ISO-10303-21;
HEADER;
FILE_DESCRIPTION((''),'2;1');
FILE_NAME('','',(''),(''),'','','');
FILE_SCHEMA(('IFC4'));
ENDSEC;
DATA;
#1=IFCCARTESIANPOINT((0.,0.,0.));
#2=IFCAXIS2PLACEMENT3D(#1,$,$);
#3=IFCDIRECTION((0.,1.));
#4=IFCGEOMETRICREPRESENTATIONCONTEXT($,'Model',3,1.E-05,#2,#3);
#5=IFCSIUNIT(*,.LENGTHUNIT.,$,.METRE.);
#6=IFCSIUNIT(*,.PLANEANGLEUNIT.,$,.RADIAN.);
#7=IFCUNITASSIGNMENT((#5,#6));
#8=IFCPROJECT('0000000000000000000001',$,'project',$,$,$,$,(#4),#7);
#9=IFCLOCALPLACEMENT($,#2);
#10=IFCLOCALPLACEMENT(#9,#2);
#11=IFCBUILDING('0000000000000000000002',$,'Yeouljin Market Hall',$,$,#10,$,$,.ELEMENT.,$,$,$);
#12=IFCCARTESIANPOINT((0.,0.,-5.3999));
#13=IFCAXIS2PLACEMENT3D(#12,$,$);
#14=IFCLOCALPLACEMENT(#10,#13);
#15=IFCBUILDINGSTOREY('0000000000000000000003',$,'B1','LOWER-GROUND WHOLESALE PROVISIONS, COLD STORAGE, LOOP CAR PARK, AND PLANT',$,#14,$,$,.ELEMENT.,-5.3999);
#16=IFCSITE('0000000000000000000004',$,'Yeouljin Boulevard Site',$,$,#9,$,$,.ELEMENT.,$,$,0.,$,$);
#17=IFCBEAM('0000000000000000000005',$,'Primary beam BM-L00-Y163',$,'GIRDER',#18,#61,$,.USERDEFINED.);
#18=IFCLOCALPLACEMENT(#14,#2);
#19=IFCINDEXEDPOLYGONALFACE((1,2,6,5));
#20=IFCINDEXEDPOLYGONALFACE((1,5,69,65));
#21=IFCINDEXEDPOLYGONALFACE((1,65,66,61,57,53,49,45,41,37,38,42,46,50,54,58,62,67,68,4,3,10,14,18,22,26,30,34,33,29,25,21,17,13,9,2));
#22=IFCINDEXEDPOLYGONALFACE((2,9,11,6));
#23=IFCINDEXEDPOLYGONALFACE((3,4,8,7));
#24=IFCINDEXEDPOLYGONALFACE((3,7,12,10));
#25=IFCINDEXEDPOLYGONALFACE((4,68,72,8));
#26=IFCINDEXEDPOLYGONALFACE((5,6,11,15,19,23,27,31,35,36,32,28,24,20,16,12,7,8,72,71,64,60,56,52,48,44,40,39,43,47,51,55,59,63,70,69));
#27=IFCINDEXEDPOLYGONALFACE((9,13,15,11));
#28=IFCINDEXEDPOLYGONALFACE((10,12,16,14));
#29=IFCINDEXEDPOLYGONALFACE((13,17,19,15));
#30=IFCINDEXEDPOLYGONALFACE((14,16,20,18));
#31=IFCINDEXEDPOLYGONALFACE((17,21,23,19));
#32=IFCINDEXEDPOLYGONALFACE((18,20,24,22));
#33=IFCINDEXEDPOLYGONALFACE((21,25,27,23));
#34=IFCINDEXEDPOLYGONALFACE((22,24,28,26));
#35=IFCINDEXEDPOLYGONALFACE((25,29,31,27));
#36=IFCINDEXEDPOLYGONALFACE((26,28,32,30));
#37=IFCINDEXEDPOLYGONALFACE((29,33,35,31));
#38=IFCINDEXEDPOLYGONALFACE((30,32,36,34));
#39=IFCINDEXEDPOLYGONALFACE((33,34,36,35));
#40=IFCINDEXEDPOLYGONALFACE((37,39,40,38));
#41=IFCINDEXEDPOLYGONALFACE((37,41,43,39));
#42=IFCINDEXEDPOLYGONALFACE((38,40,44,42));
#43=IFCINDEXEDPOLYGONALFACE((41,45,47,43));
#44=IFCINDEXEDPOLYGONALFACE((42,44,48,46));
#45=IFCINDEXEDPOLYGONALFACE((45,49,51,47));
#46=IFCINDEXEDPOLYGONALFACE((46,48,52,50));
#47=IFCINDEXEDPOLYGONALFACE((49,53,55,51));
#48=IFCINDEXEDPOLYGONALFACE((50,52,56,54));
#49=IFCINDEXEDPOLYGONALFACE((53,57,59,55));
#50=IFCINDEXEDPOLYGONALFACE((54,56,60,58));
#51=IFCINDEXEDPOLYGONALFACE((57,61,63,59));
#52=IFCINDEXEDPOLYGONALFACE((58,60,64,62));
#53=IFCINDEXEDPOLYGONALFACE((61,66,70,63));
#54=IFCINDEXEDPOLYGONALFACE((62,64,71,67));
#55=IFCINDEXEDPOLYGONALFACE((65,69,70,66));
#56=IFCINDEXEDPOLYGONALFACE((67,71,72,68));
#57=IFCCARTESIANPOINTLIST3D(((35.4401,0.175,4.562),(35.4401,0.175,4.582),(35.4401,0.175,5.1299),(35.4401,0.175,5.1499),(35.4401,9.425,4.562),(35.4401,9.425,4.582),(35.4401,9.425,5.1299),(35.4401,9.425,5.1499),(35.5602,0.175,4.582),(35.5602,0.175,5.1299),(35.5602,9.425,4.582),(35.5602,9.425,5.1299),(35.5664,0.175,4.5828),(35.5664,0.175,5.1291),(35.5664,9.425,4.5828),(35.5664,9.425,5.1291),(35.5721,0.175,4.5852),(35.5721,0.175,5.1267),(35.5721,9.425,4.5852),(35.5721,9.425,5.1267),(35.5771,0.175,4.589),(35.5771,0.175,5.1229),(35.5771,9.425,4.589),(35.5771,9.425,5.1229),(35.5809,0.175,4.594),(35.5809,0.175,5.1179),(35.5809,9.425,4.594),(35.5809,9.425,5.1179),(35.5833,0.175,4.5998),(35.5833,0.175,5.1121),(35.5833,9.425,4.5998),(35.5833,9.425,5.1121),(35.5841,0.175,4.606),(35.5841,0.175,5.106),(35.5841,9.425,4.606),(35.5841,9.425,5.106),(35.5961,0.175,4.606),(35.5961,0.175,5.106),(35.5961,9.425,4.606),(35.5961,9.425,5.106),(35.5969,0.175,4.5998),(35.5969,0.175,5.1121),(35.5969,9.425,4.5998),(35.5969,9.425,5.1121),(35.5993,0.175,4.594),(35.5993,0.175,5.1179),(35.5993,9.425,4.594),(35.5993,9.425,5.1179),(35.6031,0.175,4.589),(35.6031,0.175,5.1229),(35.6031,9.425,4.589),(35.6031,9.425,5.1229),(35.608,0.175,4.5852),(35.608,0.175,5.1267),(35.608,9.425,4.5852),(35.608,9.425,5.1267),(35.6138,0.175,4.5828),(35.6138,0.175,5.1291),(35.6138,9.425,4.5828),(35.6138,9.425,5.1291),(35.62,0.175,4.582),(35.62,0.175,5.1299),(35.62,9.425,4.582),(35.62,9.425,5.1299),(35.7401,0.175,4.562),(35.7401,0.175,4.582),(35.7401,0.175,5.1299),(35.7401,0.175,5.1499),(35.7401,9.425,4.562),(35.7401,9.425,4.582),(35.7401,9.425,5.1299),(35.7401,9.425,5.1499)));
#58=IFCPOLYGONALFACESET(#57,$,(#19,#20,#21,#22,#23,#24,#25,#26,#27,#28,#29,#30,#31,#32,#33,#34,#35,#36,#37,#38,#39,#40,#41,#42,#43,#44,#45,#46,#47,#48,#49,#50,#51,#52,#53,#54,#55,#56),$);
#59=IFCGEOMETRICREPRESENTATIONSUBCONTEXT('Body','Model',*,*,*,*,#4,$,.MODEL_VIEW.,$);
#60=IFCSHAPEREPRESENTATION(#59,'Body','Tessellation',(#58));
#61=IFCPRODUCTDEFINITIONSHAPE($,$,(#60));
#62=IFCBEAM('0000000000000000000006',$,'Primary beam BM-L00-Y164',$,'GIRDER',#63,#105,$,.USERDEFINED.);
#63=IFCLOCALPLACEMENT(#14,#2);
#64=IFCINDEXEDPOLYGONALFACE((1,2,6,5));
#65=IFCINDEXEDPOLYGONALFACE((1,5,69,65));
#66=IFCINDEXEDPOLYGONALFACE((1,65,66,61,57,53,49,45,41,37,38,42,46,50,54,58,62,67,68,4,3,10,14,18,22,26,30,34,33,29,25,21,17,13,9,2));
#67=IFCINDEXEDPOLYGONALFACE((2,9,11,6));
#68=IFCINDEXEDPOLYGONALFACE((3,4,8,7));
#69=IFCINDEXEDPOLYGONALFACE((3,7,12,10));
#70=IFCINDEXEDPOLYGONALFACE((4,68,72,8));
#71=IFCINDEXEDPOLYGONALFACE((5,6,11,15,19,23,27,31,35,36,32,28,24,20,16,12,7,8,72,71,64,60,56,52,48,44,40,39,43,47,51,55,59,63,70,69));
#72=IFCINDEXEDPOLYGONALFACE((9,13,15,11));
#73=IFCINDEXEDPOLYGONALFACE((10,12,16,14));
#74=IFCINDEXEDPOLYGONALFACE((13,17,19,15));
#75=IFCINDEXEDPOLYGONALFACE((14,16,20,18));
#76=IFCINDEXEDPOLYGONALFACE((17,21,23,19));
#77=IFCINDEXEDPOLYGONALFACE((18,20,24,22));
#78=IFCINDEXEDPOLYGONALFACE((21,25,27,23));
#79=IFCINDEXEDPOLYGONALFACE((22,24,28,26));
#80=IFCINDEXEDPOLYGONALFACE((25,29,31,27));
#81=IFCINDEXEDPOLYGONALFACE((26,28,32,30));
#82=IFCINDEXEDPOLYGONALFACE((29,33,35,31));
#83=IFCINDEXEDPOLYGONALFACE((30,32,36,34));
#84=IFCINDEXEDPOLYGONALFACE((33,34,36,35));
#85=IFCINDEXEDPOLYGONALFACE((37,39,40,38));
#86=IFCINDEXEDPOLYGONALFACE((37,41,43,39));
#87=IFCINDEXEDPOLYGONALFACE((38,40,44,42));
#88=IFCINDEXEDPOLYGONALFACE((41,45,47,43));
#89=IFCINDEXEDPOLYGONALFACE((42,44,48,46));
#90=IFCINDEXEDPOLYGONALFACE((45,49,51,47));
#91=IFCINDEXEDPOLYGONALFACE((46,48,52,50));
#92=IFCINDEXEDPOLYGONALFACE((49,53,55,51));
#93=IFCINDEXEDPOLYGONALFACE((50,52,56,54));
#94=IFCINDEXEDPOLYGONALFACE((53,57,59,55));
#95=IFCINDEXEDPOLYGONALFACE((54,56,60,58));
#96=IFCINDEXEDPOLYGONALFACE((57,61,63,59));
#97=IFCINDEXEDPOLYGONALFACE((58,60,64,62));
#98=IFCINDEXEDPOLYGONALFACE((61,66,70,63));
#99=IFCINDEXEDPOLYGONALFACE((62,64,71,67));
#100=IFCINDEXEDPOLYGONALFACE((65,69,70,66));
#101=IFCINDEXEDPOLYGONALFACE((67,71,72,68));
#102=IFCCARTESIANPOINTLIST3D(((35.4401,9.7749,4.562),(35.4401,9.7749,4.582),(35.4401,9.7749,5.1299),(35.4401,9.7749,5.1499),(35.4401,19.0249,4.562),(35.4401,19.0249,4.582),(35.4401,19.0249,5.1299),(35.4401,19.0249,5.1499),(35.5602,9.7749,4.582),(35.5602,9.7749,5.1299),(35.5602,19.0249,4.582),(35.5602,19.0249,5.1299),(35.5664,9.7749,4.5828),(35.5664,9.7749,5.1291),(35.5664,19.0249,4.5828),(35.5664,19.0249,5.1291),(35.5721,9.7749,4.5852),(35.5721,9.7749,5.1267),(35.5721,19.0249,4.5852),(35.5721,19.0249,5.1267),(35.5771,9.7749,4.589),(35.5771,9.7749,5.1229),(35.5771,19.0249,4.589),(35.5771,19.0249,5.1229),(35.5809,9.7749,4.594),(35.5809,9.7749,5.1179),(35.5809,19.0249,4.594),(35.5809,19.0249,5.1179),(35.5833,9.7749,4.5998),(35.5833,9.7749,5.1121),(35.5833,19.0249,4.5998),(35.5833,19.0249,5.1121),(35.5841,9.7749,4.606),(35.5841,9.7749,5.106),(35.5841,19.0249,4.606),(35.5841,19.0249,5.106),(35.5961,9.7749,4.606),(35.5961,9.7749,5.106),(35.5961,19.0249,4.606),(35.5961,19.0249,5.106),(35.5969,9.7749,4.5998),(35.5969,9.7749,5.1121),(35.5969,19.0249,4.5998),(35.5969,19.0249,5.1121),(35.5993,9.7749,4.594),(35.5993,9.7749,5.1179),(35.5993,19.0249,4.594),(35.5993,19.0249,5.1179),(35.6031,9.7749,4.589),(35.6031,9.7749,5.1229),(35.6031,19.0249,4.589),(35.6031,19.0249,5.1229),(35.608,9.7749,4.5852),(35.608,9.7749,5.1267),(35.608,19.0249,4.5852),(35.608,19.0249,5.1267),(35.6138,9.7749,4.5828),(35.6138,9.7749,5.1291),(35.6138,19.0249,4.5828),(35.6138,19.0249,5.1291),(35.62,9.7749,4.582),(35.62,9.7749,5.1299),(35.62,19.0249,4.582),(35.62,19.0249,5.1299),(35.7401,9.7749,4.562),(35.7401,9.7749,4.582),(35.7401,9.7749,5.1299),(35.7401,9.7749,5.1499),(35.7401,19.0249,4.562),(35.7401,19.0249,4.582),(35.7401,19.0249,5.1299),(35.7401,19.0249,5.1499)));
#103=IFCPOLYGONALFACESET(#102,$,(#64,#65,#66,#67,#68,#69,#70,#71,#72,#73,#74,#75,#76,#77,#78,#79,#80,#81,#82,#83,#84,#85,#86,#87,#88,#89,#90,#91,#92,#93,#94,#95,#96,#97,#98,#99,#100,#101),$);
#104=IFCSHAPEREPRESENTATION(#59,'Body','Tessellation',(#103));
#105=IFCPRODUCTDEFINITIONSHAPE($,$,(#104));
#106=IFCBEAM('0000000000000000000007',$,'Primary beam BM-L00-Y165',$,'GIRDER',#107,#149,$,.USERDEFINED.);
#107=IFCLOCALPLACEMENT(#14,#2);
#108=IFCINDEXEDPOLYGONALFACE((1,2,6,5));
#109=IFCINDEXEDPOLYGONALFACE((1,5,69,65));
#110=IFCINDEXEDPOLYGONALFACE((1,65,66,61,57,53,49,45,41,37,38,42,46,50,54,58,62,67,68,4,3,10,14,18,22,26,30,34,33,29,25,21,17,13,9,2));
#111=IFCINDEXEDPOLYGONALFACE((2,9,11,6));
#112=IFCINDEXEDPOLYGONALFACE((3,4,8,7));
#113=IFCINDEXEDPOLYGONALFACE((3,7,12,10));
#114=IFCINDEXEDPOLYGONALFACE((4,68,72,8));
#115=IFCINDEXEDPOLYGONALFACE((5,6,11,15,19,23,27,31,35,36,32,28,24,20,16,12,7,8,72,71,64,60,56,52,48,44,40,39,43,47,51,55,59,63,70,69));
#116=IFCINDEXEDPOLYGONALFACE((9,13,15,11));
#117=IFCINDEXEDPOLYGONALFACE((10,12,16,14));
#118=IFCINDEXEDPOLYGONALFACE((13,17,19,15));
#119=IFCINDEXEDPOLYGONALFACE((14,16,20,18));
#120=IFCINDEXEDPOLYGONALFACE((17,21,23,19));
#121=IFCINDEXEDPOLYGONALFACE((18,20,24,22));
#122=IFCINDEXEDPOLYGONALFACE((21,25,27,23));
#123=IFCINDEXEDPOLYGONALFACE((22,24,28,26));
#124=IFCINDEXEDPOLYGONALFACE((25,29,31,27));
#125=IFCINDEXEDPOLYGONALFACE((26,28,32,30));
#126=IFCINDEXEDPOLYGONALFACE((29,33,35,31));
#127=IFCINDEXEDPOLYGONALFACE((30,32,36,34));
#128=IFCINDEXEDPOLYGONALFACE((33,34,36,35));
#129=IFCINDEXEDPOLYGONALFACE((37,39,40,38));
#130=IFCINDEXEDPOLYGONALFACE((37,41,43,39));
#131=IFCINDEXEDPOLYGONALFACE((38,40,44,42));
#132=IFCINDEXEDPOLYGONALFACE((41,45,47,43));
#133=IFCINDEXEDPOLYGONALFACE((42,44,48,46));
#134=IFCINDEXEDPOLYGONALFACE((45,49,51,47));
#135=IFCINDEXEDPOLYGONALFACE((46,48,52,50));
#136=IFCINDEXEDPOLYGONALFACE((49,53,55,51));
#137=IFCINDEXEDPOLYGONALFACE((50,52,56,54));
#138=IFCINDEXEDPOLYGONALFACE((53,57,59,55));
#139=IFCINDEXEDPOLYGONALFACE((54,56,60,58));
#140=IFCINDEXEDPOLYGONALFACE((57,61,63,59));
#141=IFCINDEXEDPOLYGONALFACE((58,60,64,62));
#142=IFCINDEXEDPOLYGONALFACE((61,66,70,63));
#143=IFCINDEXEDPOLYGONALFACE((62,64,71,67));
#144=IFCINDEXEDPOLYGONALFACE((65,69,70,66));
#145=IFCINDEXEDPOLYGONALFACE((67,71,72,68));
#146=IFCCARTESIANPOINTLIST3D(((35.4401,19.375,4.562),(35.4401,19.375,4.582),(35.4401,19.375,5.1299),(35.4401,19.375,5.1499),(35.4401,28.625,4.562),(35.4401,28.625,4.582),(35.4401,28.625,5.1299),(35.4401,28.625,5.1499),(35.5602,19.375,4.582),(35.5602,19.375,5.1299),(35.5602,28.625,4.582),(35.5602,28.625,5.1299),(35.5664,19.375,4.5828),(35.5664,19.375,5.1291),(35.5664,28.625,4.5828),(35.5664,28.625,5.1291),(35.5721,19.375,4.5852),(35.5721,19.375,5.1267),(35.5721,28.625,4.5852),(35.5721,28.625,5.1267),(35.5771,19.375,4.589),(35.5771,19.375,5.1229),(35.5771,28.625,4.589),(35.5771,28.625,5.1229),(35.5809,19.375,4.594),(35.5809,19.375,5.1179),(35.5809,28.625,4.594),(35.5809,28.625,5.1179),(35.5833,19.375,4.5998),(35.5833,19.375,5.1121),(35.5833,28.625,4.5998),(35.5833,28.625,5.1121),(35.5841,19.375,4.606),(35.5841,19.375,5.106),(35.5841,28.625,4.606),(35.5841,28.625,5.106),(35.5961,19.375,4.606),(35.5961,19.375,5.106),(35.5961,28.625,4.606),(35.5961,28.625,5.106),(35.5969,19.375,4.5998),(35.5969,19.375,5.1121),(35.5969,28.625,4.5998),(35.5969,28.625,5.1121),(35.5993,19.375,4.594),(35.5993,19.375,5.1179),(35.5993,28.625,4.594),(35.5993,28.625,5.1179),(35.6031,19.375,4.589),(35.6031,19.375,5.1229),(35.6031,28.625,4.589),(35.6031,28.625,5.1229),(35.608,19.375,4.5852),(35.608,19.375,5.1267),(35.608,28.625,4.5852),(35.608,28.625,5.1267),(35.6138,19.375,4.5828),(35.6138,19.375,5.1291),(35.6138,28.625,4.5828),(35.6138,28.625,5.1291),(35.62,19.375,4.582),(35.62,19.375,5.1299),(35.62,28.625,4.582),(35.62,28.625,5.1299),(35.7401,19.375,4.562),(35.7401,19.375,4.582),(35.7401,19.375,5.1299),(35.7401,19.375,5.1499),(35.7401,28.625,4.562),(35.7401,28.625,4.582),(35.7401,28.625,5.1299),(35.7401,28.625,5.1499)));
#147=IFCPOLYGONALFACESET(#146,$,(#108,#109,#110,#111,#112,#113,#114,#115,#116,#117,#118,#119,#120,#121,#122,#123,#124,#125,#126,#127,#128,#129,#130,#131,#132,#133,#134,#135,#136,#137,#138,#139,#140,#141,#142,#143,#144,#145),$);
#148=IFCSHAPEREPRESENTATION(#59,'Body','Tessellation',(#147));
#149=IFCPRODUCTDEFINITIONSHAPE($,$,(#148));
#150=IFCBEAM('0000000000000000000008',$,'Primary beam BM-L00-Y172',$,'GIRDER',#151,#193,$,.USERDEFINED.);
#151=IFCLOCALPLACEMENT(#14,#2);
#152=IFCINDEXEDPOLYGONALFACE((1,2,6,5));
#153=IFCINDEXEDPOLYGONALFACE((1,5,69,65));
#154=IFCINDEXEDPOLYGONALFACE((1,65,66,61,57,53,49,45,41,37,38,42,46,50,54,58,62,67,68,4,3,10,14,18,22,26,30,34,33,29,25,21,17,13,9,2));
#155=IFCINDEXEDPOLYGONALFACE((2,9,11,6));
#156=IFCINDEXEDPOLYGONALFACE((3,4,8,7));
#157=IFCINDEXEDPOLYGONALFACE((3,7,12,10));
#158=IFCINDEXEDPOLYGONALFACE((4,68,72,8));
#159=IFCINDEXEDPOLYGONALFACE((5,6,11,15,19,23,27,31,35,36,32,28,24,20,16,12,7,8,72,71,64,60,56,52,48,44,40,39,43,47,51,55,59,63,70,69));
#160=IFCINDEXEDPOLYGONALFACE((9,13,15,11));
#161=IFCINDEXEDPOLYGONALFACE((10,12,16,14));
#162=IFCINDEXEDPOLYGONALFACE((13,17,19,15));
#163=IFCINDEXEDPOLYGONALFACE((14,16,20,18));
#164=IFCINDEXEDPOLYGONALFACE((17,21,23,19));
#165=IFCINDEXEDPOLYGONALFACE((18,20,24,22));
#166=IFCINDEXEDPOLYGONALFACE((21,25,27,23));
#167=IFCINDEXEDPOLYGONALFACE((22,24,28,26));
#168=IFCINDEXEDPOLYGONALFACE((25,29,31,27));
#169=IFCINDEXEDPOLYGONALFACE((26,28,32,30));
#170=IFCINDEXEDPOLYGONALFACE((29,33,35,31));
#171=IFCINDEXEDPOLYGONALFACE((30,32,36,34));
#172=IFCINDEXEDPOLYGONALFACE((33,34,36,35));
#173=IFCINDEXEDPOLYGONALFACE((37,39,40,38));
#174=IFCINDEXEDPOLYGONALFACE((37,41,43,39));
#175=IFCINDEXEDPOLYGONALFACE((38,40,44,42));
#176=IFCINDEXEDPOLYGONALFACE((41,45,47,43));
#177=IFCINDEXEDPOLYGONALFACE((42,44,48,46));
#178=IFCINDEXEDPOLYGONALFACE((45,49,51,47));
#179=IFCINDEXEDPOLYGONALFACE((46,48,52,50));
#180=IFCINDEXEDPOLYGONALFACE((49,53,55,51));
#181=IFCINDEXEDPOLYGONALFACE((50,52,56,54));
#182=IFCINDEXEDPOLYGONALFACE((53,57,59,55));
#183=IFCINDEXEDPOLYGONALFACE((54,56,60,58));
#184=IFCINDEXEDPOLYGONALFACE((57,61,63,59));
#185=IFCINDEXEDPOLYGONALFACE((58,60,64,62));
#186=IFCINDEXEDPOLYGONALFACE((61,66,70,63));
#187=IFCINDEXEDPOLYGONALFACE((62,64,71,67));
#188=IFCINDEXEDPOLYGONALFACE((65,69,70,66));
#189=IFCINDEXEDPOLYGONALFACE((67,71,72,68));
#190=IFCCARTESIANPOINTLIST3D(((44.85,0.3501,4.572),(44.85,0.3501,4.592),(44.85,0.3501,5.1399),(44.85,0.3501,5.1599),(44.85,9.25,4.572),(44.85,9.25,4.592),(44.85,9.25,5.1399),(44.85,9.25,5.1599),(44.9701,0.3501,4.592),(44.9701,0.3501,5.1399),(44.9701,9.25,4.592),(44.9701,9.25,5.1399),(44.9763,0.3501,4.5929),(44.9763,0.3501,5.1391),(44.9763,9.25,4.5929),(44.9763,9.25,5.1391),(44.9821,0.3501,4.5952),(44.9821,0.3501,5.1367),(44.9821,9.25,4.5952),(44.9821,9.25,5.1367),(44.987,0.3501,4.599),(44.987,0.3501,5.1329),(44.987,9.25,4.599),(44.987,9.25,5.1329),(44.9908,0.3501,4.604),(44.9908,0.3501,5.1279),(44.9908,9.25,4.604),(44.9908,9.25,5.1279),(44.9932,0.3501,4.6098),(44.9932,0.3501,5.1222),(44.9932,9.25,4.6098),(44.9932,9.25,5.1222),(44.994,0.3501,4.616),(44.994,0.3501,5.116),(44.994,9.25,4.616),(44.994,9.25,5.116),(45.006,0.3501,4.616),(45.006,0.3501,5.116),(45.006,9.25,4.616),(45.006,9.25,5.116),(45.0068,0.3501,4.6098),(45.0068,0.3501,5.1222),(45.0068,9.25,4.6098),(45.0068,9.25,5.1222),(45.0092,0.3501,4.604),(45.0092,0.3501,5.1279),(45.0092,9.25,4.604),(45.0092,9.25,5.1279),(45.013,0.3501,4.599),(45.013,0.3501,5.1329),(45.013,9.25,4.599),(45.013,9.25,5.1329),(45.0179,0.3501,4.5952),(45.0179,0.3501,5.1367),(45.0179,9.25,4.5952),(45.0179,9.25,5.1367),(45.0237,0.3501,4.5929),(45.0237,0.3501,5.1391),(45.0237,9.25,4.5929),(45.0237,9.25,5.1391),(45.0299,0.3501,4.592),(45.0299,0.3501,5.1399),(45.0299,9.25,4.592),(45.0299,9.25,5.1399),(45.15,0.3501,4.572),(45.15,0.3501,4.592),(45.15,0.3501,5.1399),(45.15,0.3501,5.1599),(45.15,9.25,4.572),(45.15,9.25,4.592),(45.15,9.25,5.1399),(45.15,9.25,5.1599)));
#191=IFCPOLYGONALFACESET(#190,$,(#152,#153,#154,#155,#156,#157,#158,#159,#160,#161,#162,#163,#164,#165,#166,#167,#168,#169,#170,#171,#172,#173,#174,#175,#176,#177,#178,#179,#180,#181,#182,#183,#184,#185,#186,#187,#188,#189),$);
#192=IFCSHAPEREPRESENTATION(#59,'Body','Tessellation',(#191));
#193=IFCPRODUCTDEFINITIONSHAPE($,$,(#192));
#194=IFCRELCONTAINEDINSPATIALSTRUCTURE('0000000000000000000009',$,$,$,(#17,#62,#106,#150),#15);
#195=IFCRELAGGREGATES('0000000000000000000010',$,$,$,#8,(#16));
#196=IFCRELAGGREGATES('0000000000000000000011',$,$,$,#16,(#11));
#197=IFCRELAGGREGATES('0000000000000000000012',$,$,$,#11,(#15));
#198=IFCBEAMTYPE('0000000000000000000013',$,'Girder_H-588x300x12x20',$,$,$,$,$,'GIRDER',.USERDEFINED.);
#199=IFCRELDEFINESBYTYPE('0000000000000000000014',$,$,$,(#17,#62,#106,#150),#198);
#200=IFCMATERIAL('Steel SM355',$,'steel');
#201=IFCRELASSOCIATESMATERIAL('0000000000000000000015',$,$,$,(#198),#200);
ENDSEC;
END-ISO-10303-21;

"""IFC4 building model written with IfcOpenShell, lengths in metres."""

from ifc_helpers import new_model, si_unit, direction, frame, origin, origin_2d, place, context, subcontext, project, spatial, i_section, extrude, material, material_profile, profile_set, type_object, element, save


model = new_model("IFC4")

# Units and contexts
model_context = context("Model", 3, precision=1e-05, world=origin(), true_north=direction((0.0, 1.0)))
body_context = subcontext(model_context, "Body", "Model", "MODEL_VIEW")
ifc_project = project(units=[si_unit("LENGTHUNIT", "METRE"), si_unit("PLANEANGLEUNIT", "RADIAN")], contexts=[model_context])

# Site, building, storey
site_placement = place(None, origin())
site = spatial("IfcSite", under=ifc_project, at=site_placement, Name="Yeouljin Boulevard Site", CompositionType="ELEMENT", RefElevation=0.0)
building_placement = place(site_placement, origin())
building = spatial("IfcBuilding", under=site, at=building_placement, Name="Yeouljin Market Hall", CompositionType="ELEMENT")
storey_placement = place(building_placement, frame((0.0, 0.0, -5.3999)))
storey = spatial("IfcBuildingStorey", under=building, at=storey_placement, Name="B1", Description="LOWER-GROUND WHOLESALE PROVISIONS, COLD STORAGE, LOOP CAR PARK, AND PLANT", CompositionType="ELEMENT", Elevation=-5.3999)

# Beams
ifc_material_1 = material(Name="Steel SM355", Category="steel")
ifc_material_profile_1 = material_profile(ifc_material_1, i_section(OverallWidth=0.3, OverallDepth=0.5879, WebThickness=0.012, FlangeThickness=0.02, FilletRadius=0.0239, at=origin_2d()), Name="H-588x300x12x20")
ifc_profile_set_1 = profile_set([ifc_material_profile_1], Name="Steel SM355")
beam_type_1 = type_object("IfcBeamType", Name="Girder_H-588x300x12x20", ElementType="GIRDER", PredefinedType="USERDEFINED", material=ifc_profile_set_1)
for number, where, z_axis, x_axis, name in (
    (1, (35.5901, 0.175, 4.856), (0.0, 1.0, 0.0), (-1.0, 0.0, 0.0), "Primary beam BM-L00-Y163"),
    (2, (35.5901, 9.7749, 4.856), (0.0, 1.0, 0.0), (-1.0, 0.0, 0.0), "Primary beam BM-L00-Y164"),
    (3, (35.5901, 19.375, 4.856), (0.0, 1.0, 0.0), (-1.0, 0.0, 0.0), "Primary beam BM-L00-Y165"),
):
    element("IfcBeam", number, at=place(storey_placement, frame(where, z_axis=z_axis, x_axis=x_axis)), inside=storey, type_object=beam_type_1, Name=name, ObjectType="GIRDER", PredefinedType="USERDEFINED", context=body_context, shape_type="SweptSolid", body=[
        extrude(i_section(OverallWidth=0.3, OverallDepth=0.5879, WebThickness=0.012, FlangeThickness=0.02, FilletRadius=0.0239, at=origin_2d()), origin(), (0.0, 0.0, 1.0), 9.25),
    ])
beam_1_placement = place(storey_placement, frame((45.0, 0.3501, 4.866), z_axis=(0.0, 1.0, 0.0), x_axis=(-1.0, 0.0, 0.0)))
element("IfcBeam", 4, at=beam_1_placement, inside=storey, type_object=beam_type_1, Name="Primary beam BM-L00-Y172", ObjectType="GIRDER", PredefinedType="USERDEFINED", context=body_context, shape_type="SweptSolid", body=[
    extrude(i_section(OverallWidth=0.3, OverallDepth=0.5879, WebThickness=0.012, FlangeThickness=0.02, FilletRadius=0.0239, at=origin_2d()), origin(), (0.0, 0.0, 1.0), 8.8999),
])

save(model, "model.ifc")
